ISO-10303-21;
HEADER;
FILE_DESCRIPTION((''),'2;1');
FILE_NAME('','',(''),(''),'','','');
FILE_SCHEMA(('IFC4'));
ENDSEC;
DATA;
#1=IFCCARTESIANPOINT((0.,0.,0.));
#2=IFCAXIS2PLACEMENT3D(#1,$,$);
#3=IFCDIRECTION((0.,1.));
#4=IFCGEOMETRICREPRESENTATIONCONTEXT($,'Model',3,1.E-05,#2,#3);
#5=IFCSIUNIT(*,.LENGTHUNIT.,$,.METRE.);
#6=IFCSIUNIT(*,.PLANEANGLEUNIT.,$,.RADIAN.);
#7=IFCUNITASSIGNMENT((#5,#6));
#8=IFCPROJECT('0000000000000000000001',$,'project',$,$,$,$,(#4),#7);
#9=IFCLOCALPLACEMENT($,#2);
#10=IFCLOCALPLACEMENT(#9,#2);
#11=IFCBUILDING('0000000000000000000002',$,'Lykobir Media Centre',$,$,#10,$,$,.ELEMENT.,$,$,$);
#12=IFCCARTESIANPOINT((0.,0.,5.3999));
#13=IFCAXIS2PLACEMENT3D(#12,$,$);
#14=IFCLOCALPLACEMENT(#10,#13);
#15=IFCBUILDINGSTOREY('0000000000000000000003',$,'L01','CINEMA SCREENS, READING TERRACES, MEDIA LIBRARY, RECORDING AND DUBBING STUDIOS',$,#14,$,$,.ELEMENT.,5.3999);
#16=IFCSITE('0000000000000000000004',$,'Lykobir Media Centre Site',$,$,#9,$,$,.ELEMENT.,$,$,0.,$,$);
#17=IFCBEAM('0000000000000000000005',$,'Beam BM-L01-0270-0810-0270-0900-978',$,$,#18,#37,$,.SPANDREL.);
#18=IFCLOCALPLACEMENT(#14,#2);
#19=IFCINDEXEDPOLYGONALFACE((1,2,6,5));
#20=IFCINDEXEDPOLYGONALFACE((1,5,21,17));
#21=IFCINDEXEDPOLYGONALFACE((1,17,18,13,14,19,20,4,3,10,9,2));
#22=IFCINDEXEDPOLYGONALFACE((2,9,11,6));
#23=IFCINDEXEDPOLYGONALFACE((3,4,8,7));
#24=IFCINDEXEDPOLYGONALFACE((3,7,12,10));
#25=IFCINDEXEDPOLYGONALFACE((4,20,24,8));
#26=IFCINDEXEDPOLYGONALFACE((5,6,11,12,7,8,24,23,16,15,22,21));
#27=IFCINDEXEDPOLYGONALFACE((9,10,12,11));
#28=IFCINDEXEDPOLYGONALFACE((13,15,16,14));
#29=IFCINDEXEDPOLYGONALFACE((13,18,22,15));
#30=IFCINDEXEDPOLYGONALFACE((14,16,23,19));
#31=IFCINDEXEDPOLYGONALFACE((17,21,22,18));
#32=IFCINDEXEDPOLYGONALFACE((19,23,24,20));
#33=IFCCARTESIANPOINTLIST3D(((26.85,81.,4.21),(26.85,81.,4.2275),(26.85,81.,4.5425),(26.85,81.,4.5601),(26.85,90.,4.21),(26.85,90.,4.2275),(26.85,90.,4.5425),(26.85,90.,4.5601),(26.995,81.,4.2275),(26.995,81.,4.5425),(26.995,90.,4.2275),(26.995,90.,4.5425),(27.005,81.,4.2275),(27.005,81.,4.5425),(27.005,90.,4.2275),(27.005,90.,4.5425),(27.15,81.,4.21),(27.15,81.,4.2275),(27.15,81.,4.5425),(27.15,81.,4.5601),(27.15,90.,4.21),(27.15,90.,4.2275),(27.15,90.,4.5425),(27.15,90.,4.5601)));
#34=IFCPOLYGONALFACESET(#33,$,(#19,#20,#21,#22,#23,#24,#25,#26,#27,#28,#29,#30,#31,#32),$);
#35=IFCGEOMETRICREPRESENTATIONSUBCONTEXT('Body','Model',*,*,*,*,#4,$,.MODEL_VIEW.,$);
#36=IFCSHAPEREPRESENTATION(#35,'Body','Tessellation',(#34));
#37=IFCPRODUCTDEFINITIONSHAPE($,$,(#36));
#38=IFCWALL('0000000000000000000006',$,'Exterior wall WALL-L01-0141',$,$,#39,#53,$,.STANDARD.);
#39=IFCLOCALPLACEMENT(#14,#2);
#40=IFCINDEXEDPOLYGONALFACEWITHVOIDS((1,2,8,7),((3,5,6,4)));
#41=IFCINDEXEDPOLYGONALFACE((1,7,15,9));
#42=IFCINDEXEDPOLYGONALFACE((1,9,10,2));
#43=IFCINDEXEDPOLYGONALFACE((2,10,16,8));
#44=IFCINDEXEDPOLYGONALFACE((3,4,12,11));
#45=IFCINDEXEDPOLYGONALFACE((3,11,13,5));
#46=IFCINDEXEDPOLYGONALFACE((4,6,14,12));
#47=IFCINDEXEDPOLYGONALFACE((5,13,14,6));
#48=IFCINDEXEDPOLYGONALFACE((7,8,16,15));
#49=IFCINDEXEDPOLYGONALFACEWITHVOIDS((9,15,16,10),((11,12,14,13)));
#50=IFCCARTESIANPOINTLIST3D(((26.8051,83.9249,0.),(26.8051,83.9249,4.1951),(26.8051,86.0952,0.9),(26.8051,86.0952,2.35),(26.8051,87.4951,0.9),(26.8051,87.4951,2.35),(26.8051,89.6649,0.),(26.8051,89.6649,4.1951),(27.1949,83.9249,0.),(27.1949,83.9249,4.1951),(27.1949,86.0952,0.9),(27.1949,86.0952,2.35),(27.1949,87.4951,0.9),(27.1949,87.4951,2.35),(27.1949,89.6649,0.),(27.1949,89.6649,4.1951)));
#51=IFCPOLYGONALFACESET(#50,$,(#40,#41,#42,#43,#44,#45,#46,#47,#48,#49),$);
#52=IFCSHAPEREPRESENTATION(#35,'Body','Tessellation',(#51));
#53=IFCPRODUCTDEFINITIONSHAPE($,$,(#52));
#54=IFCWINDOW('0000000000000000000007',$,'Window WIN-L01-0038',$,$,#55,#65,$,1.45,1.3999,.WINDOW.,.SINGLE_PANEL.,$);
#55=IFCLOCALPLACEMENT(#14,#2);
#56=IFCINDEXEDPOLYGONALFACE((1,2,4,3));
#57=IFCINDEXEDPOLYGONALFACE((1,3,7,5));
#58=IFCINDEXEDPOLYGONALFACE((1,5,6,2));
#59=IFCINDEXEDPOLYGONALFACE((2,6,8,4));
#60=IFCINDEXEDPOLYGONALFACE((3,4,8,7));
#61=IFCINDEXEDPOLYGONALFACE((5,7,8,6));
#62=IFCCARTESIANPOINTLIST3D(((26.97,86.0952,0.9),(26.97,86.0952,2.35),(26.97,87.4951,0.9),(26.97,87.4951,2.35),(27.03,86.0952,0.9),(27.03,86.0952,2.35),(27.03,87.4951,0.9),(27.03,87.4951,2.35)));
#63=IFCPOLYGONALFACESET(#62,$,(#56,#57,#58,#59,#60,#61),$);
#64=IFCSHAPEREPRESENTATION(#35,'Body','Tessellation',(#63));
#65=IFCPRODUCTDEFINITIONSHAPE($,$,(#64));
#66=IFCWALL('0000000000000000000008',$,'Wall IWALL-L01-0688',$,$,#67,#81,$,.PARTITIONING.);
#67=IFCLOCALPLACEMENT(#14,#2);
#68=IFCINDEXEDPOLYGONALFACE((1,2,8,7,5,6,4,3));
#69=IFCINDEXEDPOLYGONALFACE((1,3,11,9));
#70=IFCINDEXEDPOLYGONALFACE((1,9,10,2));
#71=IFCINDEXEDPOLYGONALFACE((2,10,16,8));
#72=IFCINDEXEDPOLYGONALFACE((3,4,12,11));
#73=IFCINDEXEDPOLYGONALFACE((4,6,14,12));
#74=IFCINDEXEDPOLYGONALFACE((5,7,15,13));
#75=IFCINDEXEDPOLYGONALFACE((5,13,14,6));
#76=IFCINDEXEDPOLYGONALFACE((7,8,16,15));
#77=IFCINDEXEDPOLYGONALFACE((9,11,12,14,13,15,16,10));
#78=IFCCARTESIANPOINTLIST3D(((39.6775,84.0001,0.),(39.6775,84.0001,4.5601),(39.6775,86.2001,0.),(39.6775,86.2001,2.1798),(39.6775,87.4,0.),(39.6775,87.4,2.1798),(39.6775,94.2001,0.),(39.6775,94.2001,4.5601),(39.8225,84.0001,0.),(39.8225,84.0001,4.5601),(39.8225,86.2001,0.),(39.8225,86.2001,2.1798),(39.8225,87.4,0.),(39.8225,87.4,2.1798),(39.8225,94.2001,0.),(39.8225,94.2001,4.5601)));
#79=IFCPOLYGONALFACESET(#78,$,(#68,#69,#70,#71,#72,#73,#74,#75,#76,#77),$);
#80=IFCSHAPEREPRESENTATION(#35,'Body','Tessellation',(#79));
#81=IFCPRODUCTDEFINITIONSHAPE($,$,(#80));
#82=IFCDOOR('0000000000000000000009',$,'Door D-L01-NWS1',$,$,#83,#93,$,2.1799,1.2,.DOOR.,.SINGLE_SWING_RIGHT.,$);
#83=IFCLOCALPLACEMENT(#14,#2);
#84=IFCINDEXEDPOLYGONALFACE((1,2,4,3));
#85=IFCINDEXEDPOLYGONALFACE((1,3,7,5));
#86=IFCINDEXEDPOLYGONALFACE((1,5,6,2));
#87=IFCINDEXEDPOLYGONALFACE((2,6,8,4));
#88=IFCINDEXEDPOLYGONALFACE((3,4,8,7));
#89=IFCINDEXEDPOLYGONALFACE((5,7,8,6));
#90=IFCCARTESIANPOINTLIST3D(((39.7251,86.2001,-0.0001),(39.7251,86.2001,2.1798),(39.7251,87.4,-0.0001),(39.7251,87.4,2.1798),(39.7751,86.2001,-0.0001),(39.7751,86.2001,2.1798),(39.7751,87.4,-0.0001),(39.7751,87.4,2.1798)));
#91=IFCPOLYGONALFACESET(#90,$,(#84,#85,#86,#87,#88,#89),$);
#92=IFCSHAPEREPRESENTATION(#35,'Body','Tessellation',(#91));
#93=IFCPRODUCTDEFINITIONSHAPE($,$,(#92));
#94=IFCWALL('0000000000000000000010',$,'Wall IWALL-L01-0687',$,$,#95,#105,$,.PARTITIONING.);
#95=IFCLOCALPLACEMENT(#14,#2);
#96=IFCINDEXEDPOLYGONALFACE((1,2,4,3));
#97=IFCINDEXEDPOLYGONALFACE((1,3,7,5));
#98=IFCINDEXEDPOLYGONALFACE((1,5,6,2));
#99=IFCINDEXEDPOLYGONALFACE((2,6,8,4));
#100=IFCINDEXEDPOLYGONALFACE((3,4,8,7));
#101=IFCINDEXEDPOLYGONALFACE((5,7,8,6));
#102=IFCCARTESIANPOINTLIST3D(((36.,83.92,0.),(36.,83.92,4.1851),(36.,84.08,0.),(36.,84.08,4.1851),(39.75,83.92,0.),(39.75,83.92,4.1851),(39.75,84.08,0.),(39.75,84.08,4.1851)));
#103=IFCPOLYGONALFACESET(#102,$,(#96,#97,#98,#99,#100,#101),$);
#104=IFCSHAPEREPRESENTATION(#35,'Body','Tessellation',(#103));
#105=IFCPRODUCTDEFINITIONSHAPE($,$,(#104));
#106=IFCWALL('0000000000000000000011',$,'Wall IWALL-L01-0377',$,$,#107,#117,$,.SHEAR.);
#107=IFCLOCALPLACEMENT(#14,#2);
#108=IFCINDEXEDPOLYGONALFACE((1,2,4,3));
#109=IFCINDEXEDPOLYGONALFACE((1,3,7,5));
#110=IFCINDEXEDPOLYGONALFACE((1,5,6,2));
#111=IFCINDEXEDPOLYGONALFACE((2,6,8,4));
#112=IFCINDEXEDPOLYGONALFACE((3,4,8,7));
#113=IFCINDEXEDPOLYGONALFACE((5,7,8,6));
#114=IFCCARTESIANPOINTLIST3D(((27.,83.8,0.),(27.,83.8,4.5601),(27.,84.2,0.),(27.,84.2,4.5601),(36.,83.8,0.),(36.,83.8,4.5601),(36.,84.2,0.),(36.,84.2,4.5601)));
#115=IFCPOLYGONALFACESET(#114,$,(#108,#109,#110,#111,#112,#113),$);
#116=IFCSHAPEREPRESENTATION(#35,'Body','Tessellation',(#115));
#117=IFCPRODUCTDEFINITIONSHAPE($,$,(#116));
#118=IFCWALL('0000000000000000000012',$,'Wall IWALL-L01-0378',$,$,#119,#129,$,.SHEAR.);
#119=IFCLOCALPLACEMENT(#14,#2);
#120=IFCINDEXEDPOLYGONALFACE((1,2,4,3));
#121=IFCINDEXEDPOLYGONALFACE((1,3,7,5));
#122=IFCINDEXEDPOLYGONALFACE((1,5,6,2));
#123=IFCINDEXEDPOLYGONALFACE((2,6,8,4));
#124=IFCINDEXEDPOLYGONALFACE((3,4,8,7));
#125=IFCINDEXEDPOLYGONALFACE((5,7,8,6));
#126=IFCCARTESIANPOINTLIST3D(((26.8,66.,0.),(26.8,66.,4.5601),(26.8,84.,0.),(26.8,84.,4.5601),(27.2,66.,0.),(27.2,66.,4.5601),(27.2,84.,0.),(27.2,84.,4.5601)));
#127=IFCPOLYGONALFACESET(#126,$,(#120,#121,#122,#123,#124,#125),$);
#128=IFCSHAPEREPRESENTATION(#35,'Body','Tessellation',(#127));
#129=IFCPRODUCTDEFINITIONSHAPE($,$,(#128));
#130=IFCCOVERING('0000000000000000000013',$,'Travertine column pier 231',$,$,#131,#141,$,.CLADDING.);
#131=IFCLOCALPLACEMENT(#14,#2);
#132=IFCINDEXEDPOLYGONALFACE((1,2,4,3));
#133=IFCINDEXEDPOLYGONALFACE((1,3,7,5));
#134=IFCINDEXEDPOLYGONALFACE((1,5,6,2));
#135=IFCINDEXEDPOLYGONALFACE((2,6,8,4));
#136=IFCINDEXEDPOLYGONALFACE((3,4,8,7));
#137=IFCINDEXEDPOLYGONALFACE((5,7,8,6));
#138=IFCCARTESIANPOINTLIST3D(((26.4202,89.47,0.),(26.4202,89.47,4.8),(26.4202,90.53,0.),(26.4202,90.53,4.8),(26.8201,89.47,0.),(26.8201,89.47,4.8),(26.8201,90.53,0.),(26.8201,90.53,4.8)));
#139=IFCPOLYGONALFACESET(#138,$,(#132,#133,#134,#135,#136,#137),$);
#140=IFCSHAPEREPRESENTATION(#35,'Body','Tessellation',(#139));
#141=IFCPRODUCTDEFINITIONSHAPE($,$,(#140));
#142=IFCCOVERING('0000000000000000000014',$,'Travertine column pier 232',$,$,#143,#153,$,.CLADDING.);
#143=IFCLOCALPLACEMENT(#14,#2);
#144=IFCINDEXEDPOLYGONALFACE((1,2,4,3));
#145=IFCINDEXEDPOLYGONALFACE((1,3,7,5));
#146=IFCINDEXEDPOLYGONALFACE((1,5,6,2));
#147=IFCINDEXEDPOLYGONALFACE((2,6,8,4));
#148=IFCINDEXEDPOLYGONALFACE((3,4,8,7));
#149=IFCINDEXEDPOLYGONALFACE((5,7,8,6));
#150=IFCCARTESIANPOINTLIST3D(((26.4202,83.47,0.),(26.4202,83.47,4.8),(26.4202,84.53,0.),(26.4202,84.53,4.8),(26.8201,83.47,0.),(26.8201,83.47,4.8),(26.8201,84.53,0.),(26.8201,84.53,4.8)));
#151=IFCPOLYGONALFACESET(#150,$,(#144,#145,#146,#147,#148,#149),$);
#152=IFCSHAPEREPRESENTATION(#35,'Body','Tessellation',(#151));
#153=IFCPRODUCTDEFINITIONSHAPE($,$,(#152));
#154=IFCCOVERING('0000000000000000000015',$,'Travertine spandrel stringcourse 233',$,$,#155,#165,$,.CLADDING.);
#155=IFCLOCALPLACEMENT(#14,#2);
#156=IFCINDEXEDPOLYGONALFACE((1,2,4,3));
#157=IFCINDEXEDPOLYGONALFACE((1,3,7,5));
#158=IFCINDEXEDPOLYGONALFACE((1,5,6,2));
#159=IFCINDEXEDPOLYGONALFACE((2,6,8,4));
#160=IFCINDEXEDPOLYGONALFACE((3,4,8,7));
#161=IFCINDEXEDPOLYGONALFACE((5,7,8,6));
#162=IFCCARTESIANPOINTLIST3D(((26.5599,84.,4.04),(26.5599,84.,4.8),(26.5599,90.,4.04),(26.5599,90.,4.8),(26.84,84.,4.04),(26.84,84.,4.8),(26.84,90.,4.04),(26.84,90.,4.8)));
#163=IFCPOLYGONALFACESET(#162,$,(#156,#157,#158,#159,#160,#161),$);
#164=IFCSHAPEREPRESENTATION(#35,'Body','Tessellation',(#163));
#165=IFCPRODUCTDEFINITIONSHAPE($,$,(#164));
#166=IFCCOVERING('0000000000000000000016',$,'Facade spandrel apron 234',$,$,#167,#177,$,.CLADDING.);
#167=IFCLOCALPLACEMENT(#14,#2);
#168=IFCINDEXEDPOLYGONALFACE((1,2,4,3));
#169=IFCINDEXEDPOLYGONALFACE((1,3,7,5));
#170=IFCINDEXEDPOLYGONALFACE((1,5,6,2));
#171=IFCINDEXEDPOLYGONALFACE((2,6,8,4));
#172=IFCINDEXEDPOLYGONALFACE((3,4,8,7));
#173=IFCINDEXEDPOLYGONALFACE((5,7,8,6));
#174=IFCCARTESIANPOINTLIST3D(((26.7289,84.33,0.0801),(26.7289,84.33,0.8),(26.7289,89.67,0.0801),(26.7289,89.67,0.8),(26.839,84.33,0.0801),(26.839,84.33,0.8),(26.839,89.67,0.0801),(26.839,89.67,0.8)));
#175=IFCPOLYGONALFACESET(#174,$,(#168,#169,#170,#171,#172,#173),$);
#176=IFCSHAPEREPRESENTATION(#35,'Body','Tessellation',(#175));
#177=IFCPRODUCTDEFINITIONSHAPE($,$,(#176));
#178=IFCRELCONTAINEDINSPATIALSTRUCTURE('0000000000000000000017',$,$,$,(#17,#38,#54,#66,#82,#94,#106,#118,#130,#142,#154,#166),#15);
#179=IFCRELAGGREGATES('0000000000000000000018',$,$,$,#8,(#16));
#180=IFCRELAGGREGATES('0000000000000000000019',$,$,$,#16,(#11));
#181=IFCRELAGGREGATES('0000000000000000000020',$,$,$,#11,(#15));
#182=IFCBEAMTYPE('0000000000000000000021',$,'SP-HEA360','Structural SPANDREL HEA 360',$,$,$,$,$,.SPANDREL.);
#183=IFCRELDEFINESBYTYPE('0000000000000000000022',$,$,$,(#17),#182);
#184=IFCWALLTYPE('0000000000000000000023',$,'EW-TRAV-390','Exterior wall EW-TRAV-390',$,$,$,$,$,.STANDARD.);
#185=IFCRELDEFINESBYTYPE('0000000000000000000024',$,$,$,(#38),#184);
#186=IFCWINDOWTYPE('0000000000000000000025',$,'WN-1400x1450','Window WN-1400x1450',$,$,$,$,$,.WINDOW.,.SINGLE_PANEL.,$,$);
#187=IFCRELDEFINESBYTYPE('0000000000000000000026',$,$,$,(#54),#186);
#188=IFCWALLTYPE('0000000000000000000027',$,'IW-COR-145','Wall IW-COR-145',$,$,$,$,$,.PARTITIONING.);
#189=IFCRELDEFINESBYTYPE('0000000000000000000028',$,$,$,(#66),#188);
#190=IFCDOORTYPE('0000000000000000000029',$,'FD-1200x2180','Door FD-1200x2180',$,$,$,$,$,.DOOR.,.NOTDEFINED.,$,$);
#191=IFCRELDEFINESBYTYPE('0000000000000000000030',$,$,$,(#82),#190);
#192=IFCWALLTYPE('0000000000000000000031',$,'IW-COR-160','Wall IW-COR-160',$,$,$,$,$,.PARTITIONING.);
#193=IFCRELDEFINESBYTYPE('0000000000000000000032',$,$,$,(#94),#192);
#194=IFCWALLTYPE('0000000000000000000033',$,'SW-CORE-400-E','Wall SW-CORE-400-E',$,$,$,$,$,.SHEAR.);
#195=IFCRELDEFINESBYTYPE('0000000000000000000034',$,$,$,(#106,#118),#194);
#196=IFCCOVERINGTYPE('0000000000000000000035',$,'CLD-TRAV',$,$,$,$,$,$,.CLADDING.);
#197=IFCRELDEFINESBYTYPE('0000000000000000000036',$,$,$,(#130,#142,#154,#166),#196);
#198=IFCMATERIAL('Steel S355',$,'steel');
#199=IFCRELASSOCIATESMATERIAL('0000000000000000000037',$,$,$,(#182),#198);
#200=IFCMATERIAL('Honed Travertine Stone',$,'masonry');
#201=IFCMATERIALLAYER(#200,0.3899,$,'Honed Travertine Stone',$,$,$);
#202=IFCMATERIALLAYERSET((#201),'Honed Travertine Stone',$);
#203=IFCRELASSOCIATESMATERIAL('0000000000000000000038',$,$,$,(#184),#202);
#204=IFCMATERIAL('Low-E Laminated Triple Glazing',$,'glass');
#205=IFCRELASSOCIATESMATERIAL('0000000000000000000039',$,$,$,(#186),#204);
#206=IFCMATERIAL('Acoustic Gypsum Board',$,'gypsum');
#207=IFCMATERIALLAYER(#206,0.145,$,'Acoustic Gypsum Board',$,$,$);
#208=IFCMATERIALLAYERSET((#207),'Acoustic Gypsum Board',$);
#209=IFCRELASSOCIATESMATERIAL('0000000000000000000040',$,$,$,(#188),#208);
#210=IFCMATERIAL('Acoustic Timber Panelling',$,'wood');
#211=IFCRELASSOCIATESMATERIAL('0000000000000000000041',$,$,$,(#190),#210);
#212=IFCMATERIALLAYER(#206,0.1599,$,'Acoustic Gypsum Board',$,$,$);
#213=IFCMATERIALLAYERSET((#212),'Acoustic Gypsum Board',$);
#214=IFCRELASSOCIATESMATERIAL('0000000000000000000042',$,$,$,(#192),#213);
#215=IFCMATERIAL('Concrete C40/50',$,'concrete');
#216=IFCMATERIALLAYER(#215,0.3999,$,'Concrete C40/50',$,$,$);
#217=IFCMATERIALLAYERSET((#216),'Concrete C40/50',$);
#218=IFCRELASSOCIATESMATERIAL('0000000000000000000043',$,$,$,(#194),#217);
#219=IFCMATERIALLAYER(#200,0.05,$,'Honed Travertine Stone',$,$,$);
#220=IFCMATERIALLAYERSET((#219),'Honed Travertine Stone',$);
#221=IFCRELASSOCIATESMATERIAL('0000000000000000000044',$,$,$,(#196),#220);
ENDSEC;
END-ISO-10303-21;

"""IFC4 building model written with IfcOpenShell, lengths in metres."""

from ifc_helpers import new_model, si_unit, direction, frame, frame_2d, origin, origin_2d, place, context, subcontext, project, spatial, rectangle, i_section, extrude, material, layer, layer_set, material_profile, profile_set, type_object, element, fill, save


model = new_model("IFC4")

# Units and contexts
model_context = context("Model", 3, precision=1e-05, world=origin(), true_north=direction((0.0, 1.0)))
body_context = subcontext(model_context, "Body", "Model", "MODEL_VIEW")
ifc_project = project(units=[si_unit("LENGTHUNIT", "METRE"), si_unit("PLANEANGLEUNIT", "RADIAN")], contexts=[model_context])

# Site, building, storey
site_placement = place(None, origin())
site = spatial("IfcSite", under=ifc_project, at=site_placement, Name="Lykobir Media Centre Site", CompositionType="ELEMENT", RefElevation=0.0)
building_placement = place(site_placement, origin())
building = spatial("IfcBuilding", under=site, at=building_placement, Name="Lykobir Media Centre", CompositionType="ELEMENT")
storey_placement = place(building_placement, frame((0.0, 0.0, 5.3999)))
storey = spatial("IfcBuildingStorey", under=building, at=storey_placement, Name="L01", Description="CINEMA SCREENS, READING TERRACES, MEDIA LIBRARY, RECORDING AND DUBBING STUDIOS", CompositionType="ELEMENT", Elevation=5.3999)

# Shared definitions
ifc_material_1 = material(Name="Concrete C40/50", Category="concrete")
ifc_material_2 = material(Name="Steel S355", Category="steel")

# Beam
ifc_material_profile_1 = material_profile(ifc_material_2, i_section(OverallWidth=0.3, OverallDepth=0.3501, WebThickness=0.01, FlangeThickness=0.0176, at=origin_2d()), Name="HEA 360")
ifc_profile_set_1 = profile_set([ifc_material_profile_1], Name="Steel S355")
beam_type_1 = type_object("IfcBeamType", Name="SP-HEA360", Description="Structural SPANDREL HEA 360", PredefinedType="SPANDREL", material=ifc_profile_set_1)
beam_1_placement = place(storey_placement, frame((27.0, 81.0, 4.385), z_axis=(0.0, 1.0, 0.0), x_axis=(-1.0, 0.0, 0.0)))
element("IfcBeam", 1, at=beam_1_placement, inside=storey, type_object=beam_type_1, Name="Beam BM-L01-0270-0810-0270-0900-978", PredefinedType="SPANDREL", context=body_context, shape_type="SweptSolid", body=[
    extrude(i_section(OverallWidth=0.3, OverallDepth=0.3501, WebThickness=0.01, FlangeThickness=0.0176, at=origin_2d()), origin(), (0.0, 0.0, 1.0), 9.0),
])

# Wall, opening, window
ifc_material_3 = material(Name="Honed Travertine Stone", Category="masonry")
ifc_layer_1 = layer(ifc_material_3, 0.3899, Name="Honed Travertine Stone")
ifc_layer_set_1 = layer_set([ifc_layer_1], Name="Honed Travertine Stone")
wall_type_1 = type_object("IfcWallType", Name="EW-TRAV-390", Description="Exterior wall EW-TRAV-390", PredefinedType="STANDARD", material=ifc_layer_set_1)
wall_1_placement = place(storey_placement, frame((27.0, 89.665, 0.0), z_axis=(0.0, 0.0, 1.0), x_axis=(0.0, -1.0, 0.0)))
wall_1 = element("IfcWall", 2, at=wall_1_placement, inside=storey, type_object=wall_type_1, Name="Exterior wall WALL-L01-0141", PredefinedType="STANDARD", context=body_context, shape_type="SweptSolid", body=[
    extrude(rectangle(XDim=5.74, YDim=0.3899, at=frame_2d((2.8701, 0.0))), origin(), (0.0, 0.0, 1.0), 4.1951),
])
opening_1_placement = place(wall_1_placement, frame((2.1699, 0.0, 0.8999)))
opening_1 = element("IfcOpeningElement", 3, at=opening_1_placement, cuts=wall_1, PredefinedType="OPENING", context=body_context, shape_type="SweptSolid", body=[
    extrude(rectangle(XDim=1.3999, YDim=1.45, at=frame_2d((0.7, 0.7251))), frame((0.0, 0.2048, 0.0), z_axis=(0.0, -1.0, 0.0), x_axis=(1.0, 0.0, 0.0)), (0.0, 0.0, 1.0), 0.4099),
])
ifc_material_4 = material(Name="Low-E Laminated Triple Glazing", Category="glass")
window_type = type_object("IfcWindowType", Name="WN-1400x1450", Description="Window WN-1400x1450", PartitioningType="SINGLE_PANEL", PredefinedType="WINDOW", material=ifc_material_4)
window_placement = place(opening_1_placement, origin())
window = element("IfcWindow", 4, at=window_placement, inside=storey, type_object=window_type, Name="Window WIN-L01-0038", OverallHeight=1.45, OverallWidth=1.3999, PartitioningType="SINGLE_PANEL", PredefinedType="WINDOW", context=body_context, shape_type="SweptSolid", body=[
    extrude(rectangle(XDim=1.3999, YDim=1.45, at=frame_2d((0.7, 0.7251))), frame((0.0, 0.03, 0.0), z_axis=(0.0, -1.0, 0.0), x_axis=(1.0, 0.0, 0.0)), (0.0, 0.0, 1.0), 0.0601),
])
fill(opening_1, window)

# Wall, opening, door
ifc_material_5 = material(Name="Acoustic Gypsum Board", Category="gypsum")
ifc_layer_2 = layer(ifc_material_5, 0.145, Name="Acoustic Gypsum Board")
ifc_layer_set_2 = layer_set([ifc_layer_2], Name="Acoustic Gypsum Board")
wall_type_2 = type_object("IfcWallType", Name="IW-COR-145", Description="Wall IW-COR-145", PredefinedType="PARTITIONING", material=ifc_layer_set_2)
wall_2_placement = place(storey_placement, frame((39.75, 84.0, 0.0), z_axis=(0.0, 0.0, 1.0), x_axis=(0.0, 1.0, 0.0)))
wall_2 = element("IfcWall", 5, at=wall_2_placement, inside=storey, type_object=wall_type_2, Name="Wall IWALL-L01-0688", PredefinedType="PARTITIONING", context=body_context, shape_type="SweptSolid", body=[
    extrude(rectangle(XDim=10.2, YDim=0.145, at=frame_2d((5.1001, 0.0))), origin(), (0.0, 0.0, 1.0), 4.5601),
])
opening_2_placement = place(wall_2_placement, frame((2.2, 0.0, 0.0)))
opening_2 = element("IfcOpeningElement", 6, at=opening_2_placement, cuts=wall_2, PredefinedType="OPENING", context=body_context, shape_type="SweptSolid", body=[
    extrude(rectangle(XDim=1.2, YDim=2.1799, at=frame_2d((0.6001, 1.0898))), frame((0.0, 0.0825, 0.0), z_axis=(0.0, -1.0, 0.0), x_axis=(1.0, 0.0, 0.0)), (0.0, 0.0, 1.0), 0.165),
])
ifc_material_6 = material(Name="Acoustic Timber Panelling", Category="wood")
door_type = type_object("IfcDoorType", Name="FD-1200x2180", Description="Door FD-1200x2180", OperationType="NOTDEFINED", PredefinedType="DOOR", material=ifc_material_6)
door_placement = place(opening_2_placement, origin())
door = element("IfcDoor", 7, at=door_placement, inside=storey, type_object=door_type, Name="Door D-L01-NWS1", OperationType="SINGLE_SWING_RIGHT", OverallHeight=2.1799, OverallWidth=1.2, PredefinedType="DOOR", context=body_context, shape_type="SweptSolid", body=[
    extrude(rectangle(XDim=1.2, YDim=2.1799, at=frame_2d((0.6001, 1.0898))), frame((0.0, 0.0249, 0.0), z_axis=(0.0, -1.0, 0.0), x_axis=(1.0, 0.0, 0.0)), (0.0, 0.0, 1.0), 0.05),
])
fill(opening_2, door)

# Walls
ifc_layer_3 = layer(ifc_material_5, 0.1599, Name="Acoustic Gypsum Board")
ifc_layer_set_3 = layer_set([ifc_layer_3], Name="Acoustic Gypsum Board")
wall_type_3 = type_object("IfcWallType", Name="IW-COR-160", Description="Wall IW-COR-160", PredefinedType="PARTITIONING", material=ifc_layer_set_3)
wall_3_placement = place(storey_placement, frame((36.0, 84.0, 0.0), z_axis=(0.0, 0.0, 1.0), x_axis=(1.0, 0.0, 0.0)))
element("IfcWall", 8, at=wall_3_placement, inside=storey, type_object=wall_type_3, Name="Wall IWALL-L01-0687", PredefinedType="PARTITIONING", context=body_context, shape_type="SweptSolid", body=[
    extrude(rectangle(XDim=3.75, YDim=0.1599, at=frame_2d((1.875, 0.0))), origin(), (0.0, 0.0, 1.0), 4.1851),
])
ifc_layer_4 = layer(ifc_material_1, 0.3999, Name="Concrete C40/50")
ifc_layer_set_4 = layer_set([ifc_layer_4], Name="Concrete C40/50")
wall_type_4 = type_object("IfcWallType", Name="SW-CORE-400-E", Description="Wall SW-CORE-400-E", PredefinedType="SHEAR", material=ifc_layer_set_4)
wall_4_placement = place(storey_placement, frame((36.0, 84.0, 0.0), z_axis=(0.0, 0.0, 1.0), x_axis=(-1.0, 0.0, 0.0)))
element("IfcWall", 9, at=wall_4_placement, inside=storey, type_object=wall_type_4, Name="Wall IWALL-L01-0377", PredefinedType="SHEAR", context=body_context, shape_type="SweptSolid", body=[
    extrude(rectangle(XDim=9.0, YDim=0.3999, at=frame_2d((4.5, 0.0))), origin(), (0.0, 0.0, 1.0), 4.5601),
])
wall_5_placement = place(storey_placement, frame((27.0, 84.0, 0.0), z_axis=(0.0, 0.0, 1.0), x_axis=(0.0, -1.0, 0.0)))
element("IfcWall", 10, at=wall_5_placement, inside=storey, type_object=wall_type_4, Name="Wall IWALL-L01-0378", PredefinedType="SHEAR", context=body_context, shape_type="SweptSolid", body=[
    extrude(rectangle(XDim=18.0, YDim=0.3999, at=frame_2d((9.0, 0.0))), origin(), (0.0, 0.0, 1.0), 4.5601),
])

# Coverings
ifc_layer_5 = layer(ifc_material_3, 0.05, Name="Honed Travertine Stone")
ifc_layer_set_5 = layer_set([ifc_layer_5], Name="Honed Travertine Stone")
covering_type = type_object("IfcCoveringType", Name="CLD-TRAV", PredefinedType="CLADDING", material=ifc_layer_set_5)
for number, where, z_axis, x_axis, name in (
    (11, (26.6201, 90.0, 0.0), (0.0, 0.0, 1.0), (0.0, -1.0, 0.0), "Travertine column pier 231"),
    (12, (26.6201, 84.0, 0.0), (0.0, 0.0, 1.0), (0.0, -1.0, 0.0), "Travertine column pier 232"),
):
    element("IfcCovering", number, at=place(storey_placement, frame(where, z_axis=z_axis, x_axis=x_axis)), inside=storey, type_object=covering_type, Name=name, PredefinedType="CLADDING", context=body_context, shape_type="SweptSolid", body=[
        extrude(rectangle(XDim=1.0601, YDim=0.3999, at=origin_2d()), origin(), (0.0, 0.0, 1.0), 4.8),
    ])
covering_1_placement = place(storey_placement, frame((26.7, 87.0, 4.04), z_axis=(0.0, 0.0, 1.0), x_axis=(0.0, -1.0, 0.0)))
element("IfcCovering", 13, at=covering_1_placement, inside=storey, type_object=covering_type, Name="Travertine spandrel stringcourse 233", PredefinedType="CLADDING", context=body_context, shape_type="SweptSolid", body=[
    extrude(rectangle(XDim=6.0, YDim=0.28, at=origin_2d()), origin(), (0.0, 0.0, 1.0), 0.76),
])
covering_2_placement = place(storey_placement, frame((26.7839, 87.0, 0.0801), z_axis=(0.0, 0.0, 1.0), x_axis=(0.0, -1.0, 0.0)))
element("IfcCovering", 14, at=covering_2_placement, inside=storey, type_object=covering_type, Name="Facade spandrel apron 234", PredefinedType="CLADDING", context=body_context, shape_type="SweptSolid", body=[
    extrude(rectangle(XDim=5.3401, YDim=0.1101, at=origin_2d()), origin(), (0.0, 0.0, 1.0), 0.72),
])

save(model, "model.ifc")
